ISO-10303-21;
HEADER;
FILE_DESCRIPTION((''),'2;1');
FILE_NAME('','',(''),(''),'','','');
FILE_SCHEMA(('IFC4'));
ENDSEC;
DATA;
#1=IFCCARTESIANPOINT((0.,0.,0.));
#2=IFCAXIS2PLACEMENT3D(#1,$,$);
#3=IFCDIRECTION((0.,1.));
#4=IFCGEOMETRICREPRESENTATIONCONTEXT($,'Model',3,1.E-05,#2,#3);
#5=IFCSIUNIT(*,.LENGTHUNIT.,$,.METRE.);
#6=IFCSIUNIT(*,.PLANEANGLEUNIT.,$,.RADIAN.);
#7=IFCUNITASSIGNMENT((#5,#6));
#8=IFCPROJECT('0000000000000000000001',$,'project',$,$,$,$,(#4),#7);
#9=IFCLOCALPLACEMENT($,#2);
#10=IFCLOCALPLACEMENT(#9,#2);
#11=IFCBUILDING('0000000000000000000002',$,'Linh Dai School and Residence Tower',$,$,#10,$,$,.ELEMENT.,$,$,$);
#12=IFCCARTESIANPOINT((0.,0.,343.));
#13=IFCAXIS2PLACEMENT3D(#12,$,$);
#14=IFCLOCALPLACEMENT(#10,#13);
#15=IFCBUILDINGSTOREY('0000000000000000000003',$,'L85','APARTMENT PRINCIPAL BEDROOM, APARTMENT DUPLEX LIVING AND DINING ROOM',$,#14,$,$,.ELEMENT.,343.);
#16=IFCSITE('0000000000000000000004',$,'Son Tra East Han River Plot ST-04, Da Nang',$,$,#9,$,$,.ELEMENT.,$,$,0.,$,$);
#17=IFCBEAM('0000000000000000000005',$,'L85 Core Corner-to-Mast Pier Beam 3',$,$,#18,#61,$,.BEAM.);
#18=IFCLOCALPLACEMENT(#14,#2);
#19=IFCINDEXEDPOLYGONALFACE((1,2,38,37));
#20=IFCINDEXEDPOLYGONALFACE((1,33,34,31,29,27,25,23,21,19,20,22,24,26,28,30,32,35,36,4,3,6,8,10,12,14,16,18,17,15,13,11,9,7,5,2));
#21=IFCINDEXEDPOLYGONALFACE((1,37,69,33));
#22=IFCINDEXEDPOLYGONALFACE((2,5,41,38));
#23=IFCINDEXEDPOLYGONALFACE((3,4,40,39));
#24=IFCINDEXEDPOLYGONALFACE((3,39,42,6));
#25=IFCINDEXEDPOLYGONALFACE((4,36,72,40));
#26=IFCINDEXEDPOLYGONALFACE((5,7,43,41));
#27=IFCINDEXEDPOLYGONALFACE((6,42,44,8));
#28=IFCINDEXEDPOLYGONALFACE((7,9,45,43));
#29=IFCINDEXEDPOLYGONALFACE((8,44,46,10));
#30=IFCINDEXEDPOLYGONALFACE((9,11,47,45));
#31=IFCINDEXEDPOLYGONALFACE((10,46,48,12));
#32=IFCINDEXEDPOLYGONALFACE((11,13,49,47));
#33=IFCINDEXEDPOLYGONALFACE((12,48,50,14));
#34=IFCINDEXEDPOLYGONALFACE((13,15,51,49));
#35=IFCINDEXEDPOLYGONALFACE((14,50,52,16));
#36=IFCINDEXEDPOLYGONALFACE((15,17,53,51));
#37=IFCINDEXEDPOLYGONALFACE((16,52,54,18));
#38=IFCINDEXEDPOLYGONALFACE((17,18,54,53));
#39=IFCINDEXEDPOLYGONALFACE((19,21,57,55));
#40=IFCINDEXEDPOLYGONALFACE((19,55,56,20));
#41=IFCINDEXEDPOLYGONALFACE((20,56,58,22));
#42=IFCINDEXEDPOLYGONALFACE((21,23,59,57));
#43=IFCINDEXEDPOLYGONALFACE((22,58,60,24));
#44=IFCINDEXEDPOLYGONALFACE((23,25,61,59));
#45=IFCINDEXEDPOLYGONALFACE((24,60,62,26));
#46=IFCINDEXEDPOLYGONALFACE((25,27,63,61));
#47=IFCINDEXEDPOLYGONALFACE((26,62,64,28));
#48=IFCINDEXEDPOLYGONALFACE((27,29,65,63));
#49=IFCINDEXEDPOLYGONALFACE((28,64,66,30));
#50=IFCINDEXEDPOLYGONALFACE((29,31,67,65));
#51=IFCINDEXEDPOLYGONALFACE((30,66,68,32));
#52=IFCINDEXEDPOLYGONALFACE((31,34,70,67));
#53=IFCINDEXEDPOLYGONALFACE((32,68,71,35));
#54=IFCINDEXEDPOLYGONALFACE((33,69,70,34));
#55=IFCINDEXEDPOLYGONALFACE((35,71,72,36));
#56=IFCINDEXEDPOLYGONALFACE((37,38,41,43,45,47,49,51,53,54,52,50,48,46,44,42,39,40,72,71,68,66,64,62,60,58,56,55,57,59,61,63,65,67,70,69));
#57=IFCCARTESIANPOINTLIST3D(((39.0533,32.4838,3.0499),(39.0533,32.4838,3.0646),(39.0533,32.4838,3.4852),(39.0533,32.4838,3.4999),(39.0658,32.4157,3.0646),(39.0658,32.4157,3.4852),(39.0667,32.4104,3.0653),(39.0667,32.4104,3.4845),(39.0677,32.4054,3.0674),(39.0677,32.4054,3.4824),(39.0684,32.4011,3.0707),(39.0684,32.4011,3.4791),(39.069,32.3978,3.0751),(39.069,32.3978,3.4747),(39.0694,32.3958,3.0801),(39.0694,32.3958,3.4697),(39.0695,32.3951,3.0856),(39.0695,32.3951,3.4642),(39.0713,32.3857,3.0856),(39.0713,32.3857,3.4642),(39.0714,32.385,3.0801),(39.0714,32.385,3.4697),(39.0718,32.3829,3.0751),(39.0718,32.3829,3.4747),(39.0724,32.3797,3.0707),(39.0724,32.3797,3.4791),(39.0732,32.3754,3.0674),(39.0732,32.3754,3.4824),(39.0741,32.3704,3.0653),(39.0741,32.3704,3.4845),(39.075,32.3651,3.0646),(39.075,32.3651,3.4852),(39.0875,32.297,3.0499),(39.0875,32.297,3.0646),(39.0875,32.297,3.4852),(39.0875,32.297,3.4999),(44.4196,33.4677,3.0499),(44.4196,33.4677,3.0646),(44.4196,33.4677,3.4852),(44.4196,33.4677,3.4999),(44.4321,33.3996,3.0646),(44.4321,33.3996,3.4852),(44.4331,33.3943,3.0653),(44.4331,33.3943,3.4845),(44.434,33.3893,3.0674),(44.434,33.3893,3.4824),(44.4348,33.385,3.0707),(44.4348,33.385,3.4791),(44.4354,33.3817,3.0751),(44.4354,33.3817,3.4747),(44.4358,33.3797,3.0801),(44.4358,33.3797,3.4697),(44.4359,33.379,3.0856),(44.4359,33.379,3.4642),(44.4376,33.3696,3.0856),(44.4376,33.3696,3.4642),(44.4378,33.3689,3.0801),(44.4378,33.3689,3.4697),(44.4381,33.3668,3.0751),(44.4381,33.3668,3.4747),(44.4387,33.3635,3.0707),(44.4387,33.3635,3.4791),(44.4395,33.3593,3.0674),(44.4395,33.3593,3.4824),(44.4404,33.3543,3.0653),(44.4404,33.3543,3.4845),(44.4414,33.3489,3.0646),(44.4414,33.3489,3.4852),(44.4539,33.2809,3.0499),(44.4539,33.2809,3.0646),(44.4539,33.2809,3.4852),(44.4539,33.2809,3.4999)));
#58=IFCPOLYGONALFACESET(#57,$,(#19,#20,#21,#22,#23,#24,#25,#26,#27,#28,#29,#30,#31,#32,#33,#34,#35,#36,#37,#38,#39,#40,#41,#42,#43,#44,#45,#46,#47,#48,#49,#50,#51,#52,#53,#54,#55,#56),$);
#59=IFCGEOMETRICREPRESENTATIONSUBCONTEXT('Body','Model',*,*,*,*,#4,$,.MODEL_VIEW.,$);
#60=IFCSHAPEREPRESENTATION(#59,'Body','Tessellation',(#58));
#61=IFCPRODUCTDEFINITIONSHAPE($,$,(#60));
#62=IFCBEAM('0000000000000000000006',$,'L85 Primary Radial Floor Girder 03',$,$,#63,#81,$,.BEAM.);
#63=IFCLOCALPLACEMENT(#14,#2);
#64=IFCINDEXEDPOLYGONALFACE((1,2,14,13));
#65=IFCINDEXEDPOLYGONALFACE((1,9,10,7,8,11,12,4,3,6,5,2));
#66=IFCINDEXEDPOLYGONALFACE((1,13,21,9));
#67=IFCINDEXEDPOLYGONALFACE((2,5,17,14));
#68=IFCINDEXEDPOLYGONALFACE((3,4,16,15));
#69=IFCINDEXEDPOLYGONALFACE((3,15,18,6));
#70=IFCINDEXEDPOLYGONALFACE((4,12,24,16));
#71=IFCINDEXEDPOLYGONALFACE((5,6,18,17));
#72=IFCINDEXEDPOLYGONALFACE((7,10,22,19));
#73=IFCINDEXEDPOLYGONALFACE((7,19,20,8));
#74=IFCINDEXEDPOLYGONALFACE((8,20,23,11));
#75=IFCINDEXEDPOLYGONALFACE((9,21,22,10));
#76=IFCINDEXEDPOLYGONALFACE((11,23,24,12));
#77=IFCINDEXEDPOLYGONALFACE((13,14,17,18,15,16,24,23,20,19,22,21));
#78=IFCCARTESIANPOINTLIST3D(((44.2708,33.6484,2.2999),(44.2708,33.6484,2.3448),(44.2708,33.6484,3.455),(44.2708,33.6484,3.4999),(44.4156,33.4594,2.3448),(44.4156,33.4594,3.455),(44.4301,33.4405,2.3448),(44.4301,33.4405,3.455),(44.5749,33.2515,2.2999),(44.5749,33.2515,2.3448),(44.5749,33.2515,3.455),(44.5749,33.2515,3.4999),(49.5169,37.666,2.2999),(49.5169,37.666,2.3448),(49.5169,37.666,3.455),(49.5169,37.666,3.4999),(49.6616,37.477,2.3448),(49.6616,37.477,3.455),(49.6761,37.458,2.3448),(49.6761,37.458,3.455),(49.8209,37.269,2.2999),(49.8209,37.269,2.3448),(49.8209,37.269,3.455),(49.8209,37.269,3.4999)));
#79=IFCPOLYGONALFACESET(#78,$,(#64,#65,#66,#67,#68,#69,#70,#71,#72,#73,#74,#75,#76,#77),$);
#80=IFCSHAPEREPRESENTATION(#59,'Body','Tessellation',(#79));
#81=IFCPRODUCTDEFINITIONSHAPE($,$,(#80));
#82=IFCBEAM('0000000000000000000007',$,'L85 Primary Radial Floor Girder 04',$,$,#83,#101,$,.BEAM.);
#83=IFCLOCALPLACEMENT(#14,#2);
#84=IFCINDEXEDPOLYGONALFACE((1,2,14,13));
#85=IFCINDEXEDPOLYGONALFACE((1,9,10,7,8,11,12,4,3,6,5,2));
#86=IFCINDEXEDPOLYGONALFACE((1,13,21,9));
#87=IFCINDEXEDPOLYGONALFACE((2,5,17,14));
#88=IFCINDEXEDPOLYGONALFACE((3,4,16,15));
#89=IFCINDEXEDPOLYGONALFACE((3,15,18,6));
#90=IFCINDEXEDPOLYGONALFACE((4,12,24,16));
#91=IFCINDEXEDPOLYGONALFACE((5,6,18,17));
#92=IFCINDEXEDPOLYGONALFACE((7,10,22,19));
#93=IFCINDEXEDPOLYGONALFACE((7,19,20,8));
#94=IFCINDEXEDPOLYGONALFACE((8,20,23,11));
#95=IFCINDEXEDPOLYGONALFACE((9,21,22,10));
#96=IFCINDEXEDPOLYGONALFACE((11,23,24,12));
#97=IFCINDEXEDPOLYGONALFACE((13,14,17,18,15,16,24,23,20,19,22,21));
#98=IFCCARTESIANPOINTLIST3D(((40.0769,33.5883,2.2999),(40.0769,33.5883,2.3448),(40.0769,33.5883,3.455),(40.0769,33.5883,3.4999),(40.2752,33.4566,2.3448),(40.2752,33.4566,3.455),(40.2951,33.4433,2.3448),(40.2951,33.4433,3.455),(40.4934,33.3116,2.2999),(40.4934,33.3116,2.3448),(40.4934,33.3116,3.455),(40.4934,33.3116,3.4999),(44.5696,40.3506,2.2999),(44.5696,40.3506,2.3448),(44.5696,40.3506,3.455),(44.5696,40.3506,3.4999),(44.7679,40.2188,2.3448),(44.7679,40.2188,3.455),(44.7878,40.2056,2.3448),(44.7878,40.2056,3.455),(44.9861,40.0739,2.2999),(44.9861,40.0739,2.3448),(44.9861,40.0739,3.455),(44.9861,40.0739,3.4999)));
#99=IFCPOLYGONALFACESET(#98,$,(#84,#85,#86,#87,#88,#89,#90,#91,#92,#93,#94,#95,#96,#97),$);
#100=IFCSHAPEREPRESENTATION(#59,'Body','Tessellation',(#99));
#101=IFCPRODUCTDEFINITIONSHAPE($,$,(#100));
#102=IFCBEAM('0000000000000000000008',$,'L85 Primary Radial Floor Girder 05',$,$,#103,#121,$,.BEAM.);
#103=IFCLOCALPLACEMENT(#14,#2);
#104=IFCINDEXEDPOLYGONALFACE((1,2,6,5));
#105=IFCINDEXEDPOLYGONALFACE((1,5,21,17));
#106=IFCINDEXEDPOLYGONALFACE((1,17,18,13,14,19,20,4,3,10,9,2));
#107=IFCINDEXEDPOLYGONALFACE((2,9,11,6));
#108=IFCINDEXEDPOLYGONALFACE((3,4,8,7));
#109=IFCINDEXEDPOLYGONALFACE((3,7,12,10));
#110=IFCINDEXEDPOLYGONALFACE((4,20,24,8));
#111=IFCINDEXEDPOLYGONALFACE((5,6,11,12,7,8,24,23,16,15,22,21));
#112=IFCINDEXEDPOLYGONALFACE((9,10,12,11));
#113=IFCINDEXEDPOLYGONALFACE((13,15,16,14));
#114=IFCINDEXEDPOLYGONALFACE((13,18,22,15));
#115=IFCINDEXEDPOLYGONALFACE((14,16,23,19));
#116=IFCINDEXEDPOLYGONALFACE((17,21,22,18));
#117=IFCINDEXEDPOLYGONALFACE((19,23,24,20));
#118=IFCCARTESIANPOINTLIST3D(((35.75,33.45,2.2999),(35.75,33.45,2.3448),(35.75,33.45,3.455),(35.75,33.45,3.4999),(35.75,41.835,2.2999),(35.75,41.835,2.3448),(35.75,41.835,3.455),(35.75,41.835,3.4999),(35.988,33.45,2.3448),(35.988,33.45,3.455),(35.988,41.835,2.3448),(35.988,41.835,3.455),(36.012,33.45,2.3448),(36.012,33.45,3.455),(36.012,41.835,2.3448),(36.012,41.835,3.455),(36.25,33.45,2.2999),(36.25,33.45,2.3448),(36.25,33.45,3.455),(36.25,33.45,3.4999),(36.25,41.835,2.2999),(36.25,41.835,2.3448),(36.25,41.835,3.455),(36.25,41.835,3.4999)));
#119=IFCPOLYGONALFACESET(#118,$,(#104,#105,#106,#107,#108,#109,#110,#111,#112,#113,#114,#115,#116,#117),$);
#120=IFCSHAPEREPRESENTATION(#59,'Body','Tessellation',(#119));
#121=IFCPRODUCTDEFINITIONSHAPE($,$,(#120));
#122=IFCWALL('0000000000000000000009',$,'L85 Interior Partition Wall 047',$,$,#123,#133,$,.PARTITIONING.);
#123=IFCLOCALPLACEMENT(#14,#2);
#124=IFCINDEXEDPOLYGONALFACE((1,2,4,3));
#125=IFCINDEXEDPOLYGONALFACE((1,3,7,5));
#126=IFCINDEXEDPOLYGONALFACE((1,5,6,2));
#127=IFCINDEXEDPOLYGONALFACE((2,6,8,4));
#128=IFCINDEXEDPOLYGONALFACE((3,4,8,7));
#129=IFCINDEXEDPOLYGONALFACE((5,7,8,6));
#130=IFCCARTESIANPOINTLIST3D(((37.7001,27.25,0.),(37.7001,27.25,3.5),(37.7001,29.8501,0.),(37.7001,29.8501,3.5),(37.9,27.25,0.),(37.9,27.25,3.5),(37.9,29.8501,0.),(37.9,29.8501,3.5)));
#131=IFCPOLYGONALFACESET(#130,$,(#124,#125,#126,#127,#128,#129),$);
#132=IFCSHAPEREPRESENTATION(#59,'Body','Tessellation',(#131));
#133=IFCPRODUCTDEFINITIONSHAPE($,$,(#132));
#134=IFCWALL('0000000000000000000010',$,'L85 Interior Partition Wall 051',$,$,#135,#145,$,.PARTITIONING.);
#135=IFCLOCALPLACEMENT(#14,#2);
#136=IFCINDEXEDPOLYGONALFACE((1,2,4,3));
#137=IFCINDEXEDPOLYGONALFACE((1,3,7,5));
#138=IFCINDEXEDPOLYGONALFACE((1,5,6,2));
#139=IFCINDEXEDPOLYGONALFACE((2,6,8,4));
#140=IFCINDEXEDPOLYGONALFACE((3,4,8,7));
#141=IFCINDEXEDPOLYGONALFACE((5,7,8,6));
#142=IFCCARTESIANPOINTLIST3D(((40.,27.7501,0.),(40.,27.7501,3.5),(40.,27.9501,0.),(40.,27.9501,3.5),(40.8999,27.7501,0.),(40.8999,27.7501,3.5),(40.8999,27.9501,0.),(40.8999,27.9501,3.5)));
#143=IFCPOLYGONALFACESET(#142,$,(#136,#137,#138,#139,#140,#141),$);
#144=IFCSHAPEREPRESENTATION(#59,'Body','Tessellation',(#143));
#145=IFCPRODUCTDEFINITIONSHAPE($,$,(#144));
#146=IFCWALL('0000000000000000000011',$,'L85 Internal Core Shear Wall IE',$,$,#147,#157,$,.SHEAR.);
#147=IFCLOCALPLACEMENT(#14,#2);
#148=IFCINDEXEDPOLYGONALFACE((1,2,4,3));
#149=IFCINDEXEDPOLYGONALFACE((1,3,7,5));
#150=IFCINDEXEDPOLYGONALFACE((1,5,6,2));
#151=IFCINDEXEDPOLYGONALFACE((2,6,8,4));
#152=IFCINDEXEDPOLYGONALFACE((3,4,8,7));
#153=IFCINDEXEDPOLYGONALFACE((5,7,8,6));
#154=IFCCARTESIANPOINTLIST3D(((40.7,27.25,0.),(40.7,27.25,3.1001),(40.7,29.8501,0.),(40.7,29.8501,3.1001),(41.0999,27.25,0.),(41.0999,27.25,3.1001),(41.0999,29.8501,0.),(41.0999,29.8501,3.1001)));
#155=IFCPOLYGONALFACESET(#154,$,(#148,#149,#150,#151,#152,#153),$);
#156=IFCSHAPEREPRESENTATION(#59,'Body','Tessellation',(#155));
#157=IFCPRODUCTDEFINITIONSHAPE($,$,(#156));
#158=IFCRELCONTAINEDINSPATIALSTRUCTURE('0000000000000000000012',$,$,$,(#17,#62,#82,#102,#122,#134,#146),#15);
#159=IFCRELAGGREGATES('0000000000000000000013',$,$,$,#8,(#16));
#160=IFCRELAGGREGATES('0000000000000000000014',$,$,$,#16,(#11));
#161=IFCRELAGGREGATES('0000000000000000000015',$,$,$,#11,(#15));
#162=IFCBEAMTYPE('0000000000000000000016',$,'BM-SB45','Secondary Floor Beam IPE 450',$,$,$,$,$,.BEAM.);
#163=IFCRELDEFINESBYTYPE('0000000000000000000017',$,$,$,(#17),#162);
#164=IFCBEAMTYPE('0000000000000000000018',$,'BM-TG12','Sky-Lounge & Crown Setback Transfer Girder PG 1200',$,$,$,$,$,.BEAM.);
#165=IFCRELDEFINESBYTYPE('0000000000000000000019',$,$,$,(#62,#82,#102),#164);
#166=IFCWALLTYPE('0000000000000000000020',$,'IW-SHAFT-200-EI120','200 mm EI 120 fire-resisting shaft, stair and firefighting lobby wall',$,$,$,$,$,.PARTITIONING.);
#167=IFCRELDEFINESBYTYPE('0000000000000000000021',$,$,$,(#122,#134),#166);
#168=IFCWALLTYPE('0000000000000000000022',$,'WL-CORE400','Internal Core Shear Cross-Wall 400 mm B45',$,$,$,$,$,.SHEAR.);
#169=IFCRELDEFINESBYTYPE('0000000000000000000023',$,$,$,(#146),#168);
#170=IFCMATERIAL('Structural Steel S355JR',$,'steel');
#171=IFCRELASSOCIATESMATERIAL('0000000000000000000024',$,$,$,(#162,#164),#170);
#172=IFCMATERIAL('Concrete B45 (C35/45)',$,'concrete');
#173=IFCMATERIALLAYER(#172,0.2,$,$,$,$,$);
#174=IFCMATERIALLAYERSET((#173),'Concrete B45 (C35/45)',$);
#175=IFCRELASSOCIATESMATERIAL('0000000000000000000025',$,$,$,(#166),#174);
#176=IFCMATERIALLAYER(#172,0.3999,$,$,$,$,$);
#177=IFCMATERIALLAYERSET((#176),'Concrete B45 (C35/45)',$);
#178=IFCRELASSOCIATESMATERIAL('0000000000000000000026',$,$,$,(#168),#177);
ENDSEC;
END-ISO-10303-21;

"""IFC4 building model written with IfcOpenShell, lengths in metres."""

from ifc_helpers import new_model, si_unit, direction, frame, frame_2d, origin, origin_2d, place, context, subcontext, project, spatial, rectangle, i_section, extrude, material, layer, layer_set, material_profile, profile_set, type_object, element, save


model = new_model("IFC4")

# Units and contexts
model_context = context("Model", 3, precision=1e-05, world=origin(), true_north=direction((0.0, 1.0)))
body_context = subcontext(model_context, "Body", "Model", "MODEL_VIEW")
ifc_project = project(units=[si_unit("LENGTHUNIT", "METRE"), si_unit("PLANEANGLEUNIT", "RADIAN")], contexts=[model_context])

# Site, building, storey
site_placement = place(None, origin())
site = spatial("IfcSite", under=ifc_project, at=site_placement, Name="Son Tra East Han River Plot ST-04, Da Nang", CompositionType="ELEMENT", RefElevation=0.0)
building_placement = place(site_placement, origin())
building = spatial("IfcBuilding", under=site, at=building_placement, Name="Linh Dai School and Residence Tower", CompositionType="ELEMENT")
storey_placement = place(building_placement, frame((0.0, 0.0, 343.0)))
storey = spatial("IfcBuildingStorey", under=building, at=storey_placement, Name="L85", Description="APARTMENT PRINCIPAL BEDROOM, APARTMENT DUPLEX LIVING AND DINING ROOM", CompositionType="ELEMENT", Elevation=343.0)

# Shared definitions
ifc_material_1 = material(Name="Structural Steel S355JR", Category="steel")

# Beams
ifc_material_profile_1 = material_profile(ifc_material_1, i_section(OverallWidth=0.1899, OverallDepth=0.45, WebThickness=0.0095, FlangeThickness=0.0146, FilletRadius=0.021, at=origin_2d()), Name="IPE 450")
ifc_profile_set_1 = profile_set([ifc_material_profile_1], Name="Structural Steel S355JR")
beam_type_1 = type_object("IfcBeamType", Name="BM-SB45", Description="Secondary Floor Beam IPE 450", PredefinedType="BEAM", material=ifc_profile_set_1)
beam_1_placement = place(storey_placement, frame((44.4368, 33.3743, 3.2749), z_axis=(-0.983605, -0.180334, 0.0), x_axis=(0.180334, -0.983605, 0.0)))
element("IfcBeam", 1, at=beam_1_placement, inside=storey, type_object=beam_type_1, Name="L85 Core Corner-to-Mast Pier Beam 3", PredefinedType="BEAM", context=body_context, shape_type="SweptSolid", body=[
    extrude(i_section(OverallWidth=0.1899, OverallDepth=0.45, WebThickness=0.0095, FlangeThickness=0.0146, FilletRadius=0.021, at=origin_2d()), origin(), (0.0, 0.0, 1.0), 5.4558),
])
ifc_material_profile_2 = material_profile(ifc_material_1, i_section(OverallWidth=0.5, OverallDepth=1.2, WebThickness=0.0239, FlangeThickness=0.0449, at=origin_2d()), Name="PG 1200x500x24x45")
ifc_profile_set_2 = profile_set([ifc_material_profile_2], Name="Structural Steel S355JR")
beam_type_2 = type_object("IfcBeamType", Name="BM-TG12", Description="Sky-Lounge & Crown Setback Transfer Girder PG 1200", PredefinedType="BEAM", material=ifc_profile_set_2)
beam_2_placement = place(storey_placement, frame((44.4229, 33.45, 2.8999), z_axis=(0.79393, 0.608009, 0.0), x_axis=(-0.608009, 0.79393, 0.0)))
element("IfcBeam", 2, at=beam_2_placement, inside=storey, type_object=beam_type_2, Name="L85 Primary Radial Floor Girder 03", PredefinedType="BEAM", context=body_context, shape_type="SweptSolid", body=[
    extrude(i_section(OverallWidth=0.5, OverallDepth=1.2, WebThickness=0.0239, FlangeThickness=0.0449, at=origin_2d()), origin(), (0.0, 0.0, 1.0), 6.6077),
])
beam_3_placement = place(storey_placement, frame((40.2852, 33.45, 2.8999), z_axis=(0.553381, 0.832928, 0.0), x_axis=(-0.832928, 0.553381, 0.0)))
element("IfcBeam", 3, at=beam_3_placement, inside=storey, type_object=beam_type_2, Name="L85 Primary Radial Floor Girder 04", PredefinedType="BEAM", context=body_context, shape_type="SweptSolid", body=[
    extrude(i_section(OverallWidth=0.5, OverallDepth=1.2, WebThickness=0.0239, FlangeThickness=0.0449, at=origin_2d()), origin(), (0.0, 0.0, 1.0), 8.1187),
])
beam_4_placement = place(storey_placement, frame((36.0, 33.45, 2.8999), z_axis=(0.0, 1.0, 0.0), x_axis=(-1.0, 0.0, 0.0)))
element("IfcBeam", 4, at=beam_4_placement, inside=storey, type_object=beam_type_2, Name="L85 Primary Radial Floor Girder 05", PredefinedType="BEAM", context=body_context, shape_type="SweptSolid", body=[
    extrude(i_section(OverallWidth=0.5, OverallDepth=1.2, WebThickness=0.0239, FlangeThickness=0.0449, at=origin_2d()), origin(), (0.0, 0.0, 1.0), 8.385),
])

# Walls
ifc_material_2 = material(Name="Concrete B45 (C35/45)", Category="concrete")
ifc_layer_1 = layer(ifc_material_2, 0.2)
ifc_layer_set_1 = layer_set([ifc_layer_1], Name="Concrete B45 (C35/45)")
wall_type_1 = type_object("IfcWallType", Name="IW-SHAFT-200-EI120", Description="200 mm EI 120 fire-resisting shaft, stair and firefighting lobby wall", PredefinedType="PARTITIONING", material=ifc_layer_set_1)
wall_1_placement = place(storey_placement, frame((37.8, 27.25, 0.0), z_axis=(0.0, 0.0, 1.0), x_axis=(0.0, 1.0, 0.0)))
element("IfcWall", 5, at=wall_1_placement, inside=storey, type_object=wall_type_1, Name="L85 Interior Partition Wall 047", PredefinedType="PARTITIONING", context=body_context, shape_type="SweptSolid", body=[
    extrude(rectangle(XDim=2.6001, YDim=0.2, at=frame_2d((1.3, 0.0))), origin(), (0.0, 0.0, 1.0), 3.5),
])
wall_2_placement = place(storey_placement, frame((40.0, 27.8501, 0.0), z_axis=(0.0, 0.0, 1.0), x_axis=(1.0, 0.0, 0.0)))
element("IfcWall", 6, at=wall_2_placement, inside=storey, type_object=wall_type_1, Name="L85 Interior Partition Wall 051", PredefinedType="PARTITIONING", context=body_context, shape_type="SweptSolid", body=[
    extrude(rectangle(XDim=0.8999, YDim=0.2, at=frame_2d((0.45, 0.0))), origin(), (0.0, 0.0, 1.0), 3.5),
])
ifc_layer_2 = layer(ifc_material_2, 0.3999)
ifc_layer_set_2 = layer_set([ifc_layer_2], Name="Concrete B45 (C35/45)")
wall_type_2 = type_object("IfcWallType", Name="WL-CORE400", Description="Internal Core Shear Cross-Wall 400 mm B45", PredefinedType="SHEAR", material=ifc_layer_set_2)
wall_3_placement = place(storey_placement, frame((40.8999, 27.25, 0.0), z_axis=(0.0, 0.0, 1.0), x_axis=(0.0, 1.0, 0.0)))
element("IfcWall", 7, at=wall_3_placement, inside=storey, type_object=wall_type_2, Name="L85 Internal Core Shear Wall IE", PredefinedType="SHEAR", context=body_context, shape_type="SweptSolid", body=[
    extrude(rectangle(XDim=2.6001, YDim=0.3999, at=frame_2d((1.3, 0.0))), origin(), (0.0, 0.0, 1.0), 3.1001),
])

save(model, "model.ifc")
